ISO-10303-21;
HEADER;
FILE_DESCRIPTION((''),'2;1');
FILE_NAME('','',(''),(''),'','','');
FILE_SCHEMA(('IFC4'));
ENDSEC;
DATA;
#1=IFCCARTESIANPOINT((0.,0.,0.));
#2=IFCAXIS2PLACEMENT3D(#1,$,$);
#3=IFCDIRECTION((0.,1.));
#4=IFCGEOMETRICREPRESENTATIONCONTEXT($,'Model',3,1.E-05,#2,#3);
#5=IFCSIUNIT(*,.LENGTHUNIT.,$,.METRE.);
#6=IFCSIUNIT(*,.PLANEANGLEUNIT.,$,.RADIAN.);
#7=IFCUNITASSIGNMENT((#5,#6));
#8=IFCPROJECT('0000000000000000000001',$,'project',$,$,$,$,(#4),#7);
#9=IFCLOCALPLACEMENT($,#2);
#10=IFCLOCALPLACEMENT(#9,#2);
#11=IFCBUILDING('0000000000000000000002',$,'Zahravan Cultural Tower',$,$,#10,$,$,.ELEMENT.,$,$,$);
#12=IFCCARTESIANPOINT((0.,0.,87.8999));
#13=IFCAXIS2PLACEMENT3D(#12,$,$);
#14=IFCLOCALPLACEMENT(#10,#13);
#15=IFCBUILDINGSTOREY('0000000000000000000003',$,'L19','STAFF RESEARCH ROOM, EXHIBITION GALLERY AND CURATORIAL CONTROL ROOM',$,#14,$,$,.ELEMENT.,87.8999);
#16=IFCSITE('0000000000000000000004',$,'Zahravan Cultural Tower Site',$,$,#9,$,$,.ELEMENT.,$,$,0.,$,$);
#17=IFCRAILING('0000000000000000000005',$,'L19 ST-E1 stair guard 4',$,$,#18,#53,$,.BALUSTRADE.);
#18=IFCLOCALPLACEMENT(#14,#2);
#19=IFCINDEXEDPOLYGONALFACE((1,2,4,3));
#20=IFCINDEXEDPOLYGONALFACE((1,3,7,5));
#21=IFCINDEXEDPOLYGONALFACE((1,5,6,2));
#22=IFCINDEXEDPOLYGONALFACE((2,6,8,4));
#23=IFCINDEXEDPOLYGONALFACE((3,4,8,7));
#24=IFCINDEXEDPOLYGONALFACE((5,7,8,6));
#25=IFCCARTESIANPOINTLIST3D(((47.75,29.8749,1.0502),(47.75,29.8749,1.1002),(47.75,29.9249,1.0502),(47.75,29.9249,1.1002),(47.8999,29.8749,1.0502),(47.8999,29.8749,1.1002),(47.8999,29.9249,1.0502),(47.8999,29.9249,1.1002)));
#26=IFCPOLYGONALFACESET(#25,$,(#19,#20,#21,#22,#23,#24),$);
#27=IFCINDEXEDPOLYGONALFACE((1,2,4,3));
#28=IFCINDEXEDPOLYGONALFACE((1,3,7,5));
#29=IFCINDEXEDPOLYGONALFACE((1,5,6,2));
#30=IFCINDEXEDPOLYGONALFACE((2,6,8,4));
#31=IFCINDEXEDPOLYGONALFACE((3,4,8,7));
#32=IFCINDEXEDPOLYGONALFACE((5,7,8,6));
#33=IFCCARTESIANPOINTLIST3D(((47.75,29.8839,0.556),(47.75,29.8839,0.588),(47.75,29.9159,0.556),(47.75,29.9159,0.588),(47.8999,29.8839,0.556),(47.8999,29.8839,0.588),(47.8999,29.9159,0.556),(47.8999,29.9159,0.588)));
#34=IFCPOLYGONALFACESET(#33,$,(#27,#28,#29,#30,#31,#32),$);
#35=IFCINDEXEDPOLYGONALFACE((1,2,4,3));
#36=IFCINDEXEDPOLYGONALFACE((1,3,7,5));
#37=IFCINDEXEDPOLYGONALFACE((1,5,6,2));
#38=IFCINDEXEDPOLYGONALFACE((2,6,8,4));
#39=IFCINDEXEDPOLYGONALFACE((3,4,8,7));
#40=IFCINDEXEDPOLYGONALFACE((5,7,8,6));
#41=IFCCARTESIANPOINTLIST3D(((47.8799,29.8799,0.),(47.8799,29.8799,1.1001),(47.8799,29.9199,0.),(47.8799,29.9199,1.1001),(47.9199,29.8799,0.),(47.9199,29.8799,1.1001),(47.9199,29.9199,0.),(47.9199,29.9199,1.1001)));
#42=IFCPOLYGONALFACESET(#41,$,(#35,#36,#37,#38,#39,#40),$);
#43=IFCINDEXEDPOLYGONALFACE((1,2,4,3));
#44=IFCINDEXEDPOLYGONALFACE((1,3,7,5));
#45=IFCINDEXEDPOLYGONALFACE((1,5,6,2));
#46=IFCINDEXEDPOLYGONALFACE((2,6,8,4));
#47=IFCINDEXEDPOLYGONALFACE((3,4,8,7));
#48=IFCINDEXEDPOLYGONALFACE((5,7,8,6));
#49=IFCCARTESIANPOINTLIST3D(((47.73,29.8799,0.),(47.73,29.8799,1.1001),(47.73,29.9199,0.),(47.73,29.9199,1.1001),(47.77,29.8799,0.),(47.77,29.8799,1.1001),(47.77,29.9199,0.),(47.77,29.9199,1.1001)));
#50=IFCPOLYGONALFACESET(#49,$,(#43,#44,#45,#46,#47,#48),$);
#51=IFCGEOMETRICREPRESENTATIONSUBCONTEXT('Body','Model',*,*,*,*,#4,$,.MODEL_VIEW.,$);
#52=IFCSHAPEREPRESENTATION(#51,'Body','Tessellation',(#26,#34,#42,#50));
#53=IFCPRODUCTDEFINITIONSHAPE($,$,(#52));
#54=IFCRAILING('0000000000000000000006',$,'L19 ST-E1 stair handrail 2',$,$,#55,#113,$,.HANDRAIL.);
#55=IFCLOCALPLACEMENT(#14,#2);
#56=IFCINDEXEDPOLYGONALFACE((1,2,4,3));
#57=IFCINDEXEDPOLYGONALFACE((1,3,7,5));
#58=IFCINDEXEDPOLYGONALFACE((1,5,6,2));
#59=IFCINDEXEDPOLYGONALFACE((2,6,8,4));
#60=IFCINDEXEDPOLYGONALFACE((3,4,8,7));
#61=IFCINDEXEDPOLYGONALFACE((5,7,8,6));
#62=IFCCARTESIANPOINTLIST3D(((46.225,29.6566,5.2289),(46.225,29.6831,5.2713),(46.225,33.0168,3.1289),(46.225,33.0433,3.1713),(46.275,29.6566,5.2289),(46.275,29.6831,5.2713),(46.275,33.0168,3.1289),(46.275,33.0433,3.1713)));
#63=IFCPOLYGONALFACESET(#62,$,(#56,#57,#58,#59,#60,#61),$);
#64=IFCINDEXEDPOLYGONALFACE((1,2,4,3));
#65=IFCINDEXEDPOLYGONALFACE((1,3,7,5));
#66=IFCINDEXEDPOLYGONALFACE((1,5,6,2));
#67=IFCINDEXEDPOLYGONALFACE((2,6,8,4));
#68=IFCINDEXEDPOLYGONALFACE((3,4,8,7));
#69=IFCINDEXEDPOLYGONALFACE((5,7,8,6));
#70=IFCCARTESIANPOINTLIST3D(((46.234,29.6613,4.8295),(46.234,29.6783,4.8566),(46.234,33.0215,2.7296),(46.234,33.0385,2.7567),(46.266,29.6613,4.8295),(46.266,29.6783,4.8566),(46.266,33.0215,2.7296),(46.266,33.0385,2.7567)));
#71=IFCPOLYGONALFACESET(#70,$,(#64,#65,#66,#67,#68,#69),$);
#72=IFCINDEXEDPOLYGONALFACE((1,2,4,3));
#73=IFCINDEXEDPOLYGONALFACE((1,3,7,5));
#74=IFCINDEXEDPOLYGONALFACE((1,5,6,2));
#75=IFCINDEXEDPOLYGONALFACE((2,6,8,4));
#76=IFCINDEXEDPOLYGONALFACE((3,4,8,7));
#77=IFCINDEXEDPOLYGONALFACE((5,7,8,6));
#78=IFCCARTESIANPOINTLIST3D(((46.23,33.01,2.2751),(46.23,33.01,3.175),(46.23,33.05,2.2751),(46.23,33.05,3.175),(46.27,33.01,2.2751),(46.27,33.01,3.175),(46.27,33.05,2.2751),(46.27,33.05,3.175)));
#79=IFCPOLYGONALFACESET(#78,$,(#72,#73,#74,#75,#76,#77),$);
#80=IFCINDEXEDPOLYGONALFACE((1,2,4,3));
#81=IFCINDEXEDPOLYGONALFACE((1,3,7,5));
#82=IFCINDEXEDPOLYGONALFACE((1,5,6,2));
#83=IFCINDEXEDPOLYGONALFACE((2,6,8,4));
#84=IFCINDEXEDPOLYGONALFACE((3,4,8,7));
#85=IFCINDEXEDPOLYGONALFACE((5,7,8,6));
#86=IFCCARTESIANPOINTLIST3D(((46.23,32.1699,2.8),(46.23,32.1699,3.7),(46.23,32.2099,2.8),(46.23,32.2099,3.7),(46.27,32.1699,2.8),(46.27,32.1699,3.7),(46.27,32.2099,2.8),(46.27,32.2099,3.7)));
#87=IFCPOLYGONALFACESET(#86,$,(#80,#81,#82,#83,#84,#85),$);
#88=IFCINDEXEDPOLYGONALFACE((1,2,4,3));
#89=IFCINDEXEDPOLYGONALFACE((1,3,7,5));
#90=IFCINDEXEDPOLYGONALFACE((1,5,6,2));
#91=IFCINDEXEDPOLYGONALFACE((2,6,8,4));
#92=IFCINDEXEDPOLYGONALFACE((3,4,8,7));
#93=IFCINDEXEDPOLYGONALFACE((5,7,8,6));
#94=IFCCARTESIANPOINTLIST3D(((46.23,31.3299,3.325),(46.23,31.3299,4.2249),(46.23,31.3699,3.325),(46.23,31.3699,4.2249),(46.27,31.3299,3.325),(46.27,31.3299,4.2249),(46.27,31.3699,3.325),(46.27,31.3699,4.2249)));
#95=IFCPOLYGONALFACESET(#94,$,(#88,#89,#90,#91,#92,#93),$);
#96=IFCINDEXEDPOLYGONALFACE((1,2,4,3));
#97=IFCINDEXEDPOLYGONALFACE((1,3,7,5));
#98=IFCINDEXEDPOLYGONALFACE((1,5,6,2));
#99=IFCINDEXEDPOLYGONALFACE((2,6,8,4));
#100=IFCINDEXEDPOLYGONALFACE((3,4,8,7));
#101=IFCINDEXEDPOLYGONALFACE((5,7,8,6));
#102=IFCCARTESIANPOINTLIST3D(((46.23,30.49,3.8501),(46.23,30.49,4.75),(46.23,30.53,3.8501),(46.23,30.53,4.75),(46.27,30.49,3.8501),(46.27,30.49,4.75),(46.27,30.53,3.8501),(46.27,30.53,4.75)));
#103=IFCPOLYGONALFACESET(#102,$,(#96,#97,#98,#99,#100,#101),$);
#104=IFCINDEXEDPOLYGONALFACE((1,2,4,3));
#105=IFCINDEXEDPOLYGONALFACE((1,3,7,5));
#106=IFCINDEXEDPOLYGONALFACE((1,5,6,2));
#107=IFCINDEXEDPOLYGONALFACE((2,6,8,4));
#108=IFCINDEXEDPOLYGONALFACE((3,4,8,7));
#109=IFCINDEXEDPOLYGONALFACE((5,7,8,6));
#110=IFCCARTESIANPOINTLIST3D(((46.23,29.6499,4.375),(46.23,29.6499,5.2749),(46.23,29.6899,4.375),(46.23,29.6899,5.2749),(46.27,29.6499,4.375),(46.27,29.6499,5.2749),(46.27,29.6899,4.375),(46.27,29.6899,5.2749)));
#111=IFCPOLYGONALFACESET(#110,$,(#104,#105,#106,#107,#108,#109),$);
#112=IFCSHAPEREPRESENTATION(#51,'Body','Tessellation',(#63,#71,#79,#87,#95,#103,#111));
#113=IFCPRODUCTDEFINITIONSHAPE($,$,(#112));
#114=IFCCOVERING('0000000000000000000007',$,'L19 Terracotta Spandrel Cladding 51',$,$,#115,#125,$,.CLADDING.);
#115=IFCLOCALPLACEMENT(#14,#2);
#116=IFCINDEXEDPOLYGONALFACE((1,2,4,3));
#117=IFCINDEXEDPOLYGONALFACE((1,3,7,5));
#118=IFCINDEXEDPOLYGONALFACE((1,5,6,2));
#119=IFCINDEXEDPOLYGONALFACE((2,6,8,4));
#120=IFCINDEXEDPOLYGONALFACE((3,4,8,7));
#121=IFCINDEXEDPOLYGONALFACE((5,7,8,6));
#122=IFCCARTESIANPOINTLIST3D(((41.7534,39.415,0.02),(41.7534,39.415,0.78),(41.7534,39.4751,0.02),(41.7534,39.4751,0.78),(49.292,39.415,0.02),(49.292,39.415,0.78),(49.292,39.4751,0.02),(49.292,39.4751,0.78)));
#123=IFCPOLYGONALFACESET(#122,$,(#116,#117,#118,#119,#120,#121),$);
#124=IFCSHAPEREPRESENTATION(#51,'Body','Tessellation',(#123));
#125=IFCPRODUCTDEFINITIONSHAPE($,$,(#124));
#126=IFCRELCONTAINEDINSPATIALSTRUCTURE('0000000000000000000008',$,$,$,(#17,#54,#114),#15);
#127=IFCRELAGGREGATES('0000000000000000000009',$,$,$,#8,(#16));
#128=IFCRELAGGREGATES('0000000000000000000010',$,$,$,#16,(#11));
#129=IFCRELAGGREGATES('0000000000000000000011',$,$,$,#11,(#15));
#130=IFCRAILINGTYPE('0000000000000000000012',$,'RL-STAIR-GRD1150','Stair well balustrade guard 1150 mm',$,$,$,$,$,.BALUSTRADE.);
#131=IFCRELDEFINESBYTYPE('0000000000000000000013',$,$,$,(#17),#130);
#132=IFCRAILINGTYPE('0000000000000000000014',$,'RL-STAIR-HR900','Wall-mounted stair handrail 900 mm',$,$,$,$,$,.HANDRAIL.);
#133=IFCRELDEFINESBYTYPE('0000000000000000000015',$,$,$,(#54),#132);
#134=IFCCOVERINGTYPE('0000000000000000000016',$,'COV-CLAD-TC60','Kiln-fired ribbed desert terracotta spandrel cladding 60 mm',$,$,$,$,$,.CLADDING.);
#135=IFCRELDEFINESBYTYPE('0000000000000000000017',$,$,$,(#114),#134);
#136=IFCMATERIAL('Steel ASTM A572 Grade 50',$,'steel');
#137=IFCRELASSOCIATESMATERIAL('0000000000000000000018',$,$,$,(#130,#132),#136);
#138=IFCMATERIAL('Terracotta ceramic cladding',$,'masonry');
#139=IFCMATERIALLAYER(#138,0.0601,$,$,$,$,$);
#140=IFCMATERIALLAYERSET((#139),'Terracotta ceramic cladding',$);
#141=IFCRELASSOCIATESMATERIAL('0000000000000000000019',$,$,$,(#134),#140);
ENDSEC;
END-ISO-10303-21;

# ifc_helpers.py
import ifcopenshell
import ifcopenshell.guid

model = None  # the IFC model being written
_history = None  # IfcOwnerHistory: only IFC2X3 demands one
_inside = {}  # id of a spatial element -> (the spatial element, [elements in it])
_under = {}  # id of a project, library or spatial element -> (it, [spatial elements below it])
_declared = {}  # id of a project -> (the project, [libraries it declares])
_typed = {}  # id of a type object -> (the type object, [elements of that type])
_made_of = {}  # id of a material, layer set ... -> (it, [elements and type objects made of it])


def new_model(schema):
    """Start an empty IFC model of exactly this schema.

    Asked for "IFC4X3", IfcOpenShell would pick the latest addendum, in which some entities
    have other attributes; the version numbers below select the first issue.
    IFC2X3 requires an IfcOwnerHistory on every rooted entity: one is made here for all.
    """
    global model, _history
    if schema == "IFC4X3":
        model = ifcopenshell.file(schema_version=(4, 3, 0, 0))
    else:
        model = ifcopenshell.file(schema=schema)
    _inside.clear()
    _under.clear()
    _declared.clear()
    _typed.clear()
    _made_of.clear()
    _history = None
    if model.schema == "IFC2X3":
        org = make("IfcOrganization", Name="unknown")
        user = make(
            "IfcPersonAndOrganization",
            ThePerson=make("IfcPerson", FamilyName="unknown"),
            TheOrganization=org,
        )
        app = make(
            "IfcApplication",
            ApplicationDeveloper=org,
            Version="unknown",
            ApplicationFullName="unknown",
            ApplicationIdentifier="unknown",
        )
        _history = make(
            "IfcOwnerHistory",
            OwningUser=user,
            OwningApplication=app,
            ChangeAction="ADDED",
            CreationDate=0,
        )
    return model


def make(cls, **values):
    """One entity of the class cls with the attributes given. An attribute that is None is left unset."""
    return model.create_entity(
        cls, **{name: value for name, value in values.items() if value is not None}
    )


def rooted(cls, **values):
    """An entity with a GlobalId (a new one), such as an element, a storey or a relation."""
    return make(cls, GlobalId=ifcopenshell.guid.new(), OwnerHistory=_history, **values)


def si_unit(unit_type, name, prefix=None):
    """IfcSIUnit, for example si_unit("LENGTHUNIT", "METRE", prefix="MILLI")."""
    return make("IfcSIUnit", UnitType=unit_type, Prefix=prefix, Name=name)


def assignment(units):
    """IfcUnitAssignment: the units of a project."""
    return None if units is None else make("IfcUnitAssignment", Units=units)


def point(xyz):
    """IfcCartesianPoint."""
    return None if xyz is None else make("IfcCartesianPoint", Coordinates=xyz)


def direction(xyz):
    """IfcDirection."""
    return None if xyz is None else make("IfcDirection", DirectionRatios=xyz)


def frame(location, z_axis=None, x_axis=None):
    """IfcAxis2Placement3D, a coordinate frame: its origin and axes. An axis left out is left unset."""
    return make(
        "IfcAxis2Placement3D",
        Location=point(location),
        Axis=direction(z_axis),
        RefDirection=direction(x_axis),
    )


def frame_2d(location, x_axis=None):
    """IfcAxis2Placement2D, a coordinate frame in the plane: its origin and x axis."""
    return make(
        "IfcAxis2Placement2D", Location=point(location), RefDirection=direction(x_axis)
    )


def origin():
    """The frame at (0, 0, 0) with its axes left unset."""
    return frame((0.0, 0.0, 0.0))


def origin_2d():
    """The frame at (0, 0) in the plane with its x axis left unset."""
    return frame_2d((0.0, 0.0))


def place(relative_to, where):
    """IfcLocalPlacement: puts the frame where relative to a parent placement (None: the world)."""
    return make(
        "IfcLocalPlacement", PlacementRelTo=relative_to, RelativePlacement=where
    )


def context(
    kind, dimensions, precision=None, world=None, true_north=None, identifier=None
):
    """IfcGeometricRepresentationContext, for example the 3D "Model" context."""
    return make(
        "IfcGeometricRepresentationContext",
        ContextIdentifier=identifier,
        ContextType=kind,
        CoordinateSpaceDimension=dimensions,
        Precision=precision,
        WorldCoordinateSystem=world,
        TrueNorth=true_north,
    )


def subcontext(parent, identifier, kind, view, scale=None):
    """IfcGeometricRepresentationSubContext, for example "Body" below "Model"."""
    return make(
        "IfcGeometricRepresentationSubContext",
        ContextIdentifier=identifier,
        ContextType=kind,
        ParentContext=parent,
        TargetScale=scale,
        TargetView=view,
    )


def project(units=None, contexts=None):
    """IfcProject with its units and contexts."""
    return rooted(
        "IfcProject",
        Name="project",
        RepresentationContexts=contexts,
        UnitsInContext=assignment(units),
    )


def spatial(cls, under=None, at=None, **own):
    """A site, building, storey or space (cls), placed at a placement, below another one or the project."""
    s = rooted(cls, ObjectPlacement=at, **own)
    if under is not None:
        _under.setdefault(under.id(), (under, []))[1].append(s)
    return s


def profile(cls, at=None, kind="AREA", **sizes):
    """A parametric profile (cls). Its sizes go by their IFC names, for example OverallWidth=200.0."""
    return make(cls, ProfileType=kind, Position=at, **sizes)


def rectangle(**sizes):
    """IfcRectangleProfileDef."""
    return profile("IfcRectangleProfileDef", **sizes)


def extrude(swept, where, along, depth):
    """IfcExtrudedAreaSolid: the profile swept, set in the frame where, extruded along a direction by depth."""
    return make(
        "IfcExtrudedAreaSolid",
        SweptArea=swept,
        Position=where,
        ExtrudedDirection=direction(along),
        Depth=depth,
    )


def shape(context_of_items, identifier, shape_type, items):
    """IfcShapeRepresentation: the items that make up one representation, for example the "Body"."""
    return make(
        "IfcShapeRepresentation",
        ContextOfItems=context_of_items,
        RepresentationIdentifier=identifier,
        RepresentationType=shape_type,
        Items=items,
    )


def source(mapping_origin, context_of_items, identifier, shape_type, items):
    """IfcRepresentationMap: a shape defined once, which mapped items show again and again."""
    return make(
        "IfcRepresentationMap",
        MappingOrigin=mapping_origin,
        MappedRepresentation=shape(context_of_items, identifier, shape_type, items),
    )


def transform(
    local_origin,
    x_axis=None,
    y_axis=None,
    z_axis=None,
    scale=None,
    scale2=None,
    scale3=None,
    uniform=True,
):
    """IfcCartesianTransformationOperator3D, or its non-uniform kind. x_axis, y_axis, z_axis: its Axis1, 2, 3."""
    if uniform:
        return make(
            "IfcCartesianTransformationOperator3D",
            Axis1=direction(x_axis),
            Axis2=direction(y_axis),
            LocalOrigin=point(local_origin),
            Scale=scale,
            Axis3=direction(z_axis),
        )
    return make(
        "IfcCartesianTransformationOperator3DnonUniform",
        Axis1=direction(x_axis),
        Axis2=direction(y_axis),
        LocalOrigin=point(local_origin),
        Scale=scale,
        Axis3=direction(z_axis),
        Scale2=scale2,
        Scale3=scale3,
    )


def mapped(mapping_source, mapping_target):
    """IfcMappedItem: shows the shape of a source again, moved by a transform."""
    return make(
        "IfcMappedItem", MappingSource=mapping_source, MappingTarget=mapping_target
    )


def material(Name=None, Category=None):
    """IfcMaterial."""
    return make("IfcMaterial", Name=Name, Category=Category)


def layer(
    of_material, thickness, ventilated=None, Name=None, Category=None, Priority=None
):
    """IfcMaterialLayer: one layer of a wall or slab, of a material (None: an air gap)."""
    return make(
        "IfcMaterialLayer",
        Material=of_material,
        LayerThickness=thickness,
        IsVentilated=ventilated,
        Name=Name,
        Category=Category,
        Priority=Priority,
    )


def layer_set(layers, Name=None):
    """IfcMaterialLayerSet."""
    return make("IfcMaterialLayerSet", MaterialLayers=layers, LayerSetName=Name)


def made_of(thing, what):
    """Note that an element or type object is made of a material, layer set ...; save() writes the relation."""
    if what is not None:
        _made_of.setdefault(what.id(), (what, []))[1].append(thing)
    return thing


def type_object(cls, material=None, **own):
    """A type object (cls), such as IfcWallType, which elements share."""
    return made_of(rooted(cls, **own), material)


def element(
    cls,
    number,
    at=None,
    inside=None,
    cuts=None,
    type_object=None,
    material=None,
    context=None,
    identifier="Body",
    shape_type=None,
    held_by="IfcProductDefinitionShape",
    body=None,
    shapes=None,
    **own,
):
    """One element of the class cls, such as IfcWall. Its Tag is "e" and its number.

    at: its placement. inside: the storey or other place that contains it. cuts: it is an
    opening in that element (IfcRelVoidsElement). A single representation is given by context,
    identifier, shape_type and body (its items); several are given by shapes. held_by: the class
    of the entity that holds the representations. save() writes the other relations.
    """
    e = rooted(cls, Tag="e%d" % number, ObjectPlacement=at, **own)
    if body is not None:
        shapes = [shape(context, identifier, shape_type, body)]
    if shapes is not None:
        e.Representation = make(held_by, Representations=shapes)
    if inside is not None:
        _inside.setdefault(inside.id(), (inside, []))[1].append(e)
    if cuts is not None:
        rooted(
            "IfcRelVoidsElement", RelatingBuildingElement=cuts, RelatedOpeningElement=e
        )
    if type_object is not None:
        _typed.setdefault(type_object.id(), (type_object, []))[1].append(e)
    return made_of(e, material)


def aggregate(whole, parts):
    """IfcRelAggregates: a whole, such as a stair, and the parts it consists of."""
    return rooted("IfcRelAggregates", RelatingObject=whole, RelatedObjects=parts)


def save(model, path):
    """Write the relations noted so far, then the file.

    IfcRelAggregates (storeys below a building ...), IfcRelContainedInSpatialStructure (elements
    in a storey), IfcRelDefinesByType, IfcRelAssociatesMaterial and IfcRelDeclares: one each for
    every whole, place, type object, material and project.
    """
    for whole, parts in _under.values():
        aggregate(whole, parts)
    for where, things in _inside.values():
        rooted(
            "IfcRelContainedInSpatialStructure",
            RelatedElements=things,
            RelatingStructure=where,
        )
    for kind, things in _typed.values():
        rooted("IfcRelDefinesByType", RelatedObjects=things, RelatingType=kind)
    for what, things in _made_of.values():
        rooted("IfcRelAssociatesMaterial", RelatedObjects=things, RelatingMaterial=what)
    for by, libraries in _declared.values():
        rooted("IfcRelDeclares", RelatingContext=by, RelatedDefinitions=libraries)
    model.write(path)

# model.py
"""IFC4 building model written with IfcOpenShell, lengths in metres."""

from ifc_helpers import new_model, si_unit, direction, frame, origin, origin_2d, place, context, subcontext, project, spatial, rectangle, extrude, source, transform, mapped, material, layer, layer_set, type_object, element, save


model = new_model("IFC4")

# Units and contexts
model_context = context("Model", 3, precision=1e-05, world=origin(), true_north=direction((0.0, 1.0)))
body_context = subcontext(model_context, "Body", "Model", "MODEL_VIEW")
ifc_project = project(units=[si_unit("LENGTHUNIT", "METRE"), si_unit("PLANEANGLEUNIT", "RADIAN")], contexts=[model_context])

# Site, building, storey
site_placement = place(None, origin())
site = spatial("IfcSite", under=ifc_project, at=site_placement, Name="Zahravan Cultural Tower Site", CompositionType="ELEMENT", RefElevation=0.0)
building_placement = place(site_placement, origin())
building = spatial("IfcBuilding", under=site, at=building_placement, Name="Zahravan Cultural Tower", CompositionType="ELEMENT")
storey_placement = place(building_placement, frame((0.0, 0.0, 87.8999)))
storey = spatial("IfcBuildingStorey", under=building, at=storey_placement, Name="L19", Description="STAFF RESEARCH ROOM, EXHIBITION GALLERY AND CURATORIAL CONTROL ROOM", CompositionType="ELEMENT", Elevation=87.8999)

# Shared definitions
ifc_material_1 = material(Name="Steel ASTM A572 Grade 50", Category="steel")

# Railings
railing_type_1 = type_object("IfcRailingType", Name="RL-STAIR-GRD1150", Description="Stair well balustrade guard 1150 mm", PredefinedType="BALUSTRADE", material=ifc_material_1)
railing_1_placement = place(storey_placement, frame((47.8999, 29.8999, 0.0)))
element("IfcRailing", 1, at=railing_1_placement, inside=storey, type_object=railing_type_1, Name="L19 ST-E1 stair guard 4", PredefinedType="BALUSTRADE", context=body_context, shape_type="SweptSolid", body=[
    extrude(rectangle(XDim=0.05, YDim=0.05, at=origin_2d()), frame((0.0, 0.0, 1.0752), z_axis=(-1.0, 0.0, 0.0), x_axis=(0.0, -1.0, 0.0)), (0.0, 0.0, 1.0), 0.1499),
    extrude(rectangle(XDim=0.032, YDim=0.032, at=origin_2d()), frame((0.0, 0.0, 0.572), z_axis=(-1.0, 0.0, 0.0), x_axis=(0.0, -1.0, 0.0)), (0.0, 0.0, 1.0), 0.1499),
    extrude(rectangle(XDim=0.04, YDim=0.04, at=origin_2d()), origin(), (0.0, 0.0, 1.0), 1.1001),
    extrude(rectangle(XDim=0.04, YDim=0.04, at=origin_2d()), frame((-0.1499, 0.0, 0.0)), (0.0, 0.0, 1.0), 1.1001),
])
railing_type_2 = type_object("IfcRailingType", Name="RL-STAIR-HR900", Description="Wall-mounted stair handrail 900 mm", PredefinedType="HANDRAIL", material=ifc_material_1)
railing_2_placement = place(storey_placement, frame((46.25, 33.03, 2.2751)))
element("IfcRailing", 2, at=railing_2_placement, inside=storey, type_object=railing_type_2, Name="L19 ST-E1 stair handrail 2", PredefinedType="HANDRAIL", context=body_context, shape_type="SweptSolid", body=[
    extrude(rectangle(XDim=0.05, YDim=0.05, at=origin_2d()), frame((0.0, 0.0, 0.875), z_axis=(0.0, -0.848023, 0.52996), x_axis=(1.0, 0.0, 0.0)), (0.0, 0.0, 1.0), 3.9624),
    extrude(rectangle(XDim=0.032, YDim=0.032, at=origin_2d()), frame((0.0, 0.0, 0.468), z_axis=(0.0, -0.848023, 0.52996), x_axis=(1.0, 0.0, 0.0)), (0.0, 0.0, 1.0), 3.9624),
    extrude(rectangle(XDim=0.04, YDim=0.04, at=origin_2d()), origin(), (0.0, 0.0, 1.0), 0.8999),
    extrude(rectangle(XDim=0.04, YDim=0.04, at=origin_2d()), frame((0.0, -0.8401, 0.5249)), (0.0, 0.0, 1.0), 0.8999),
    extrude(rectangle(XDim=0.04, YDim=0.04, at=origin_2d()), frame((0.0, -1.6802, 1.0498)), (0.0, 0.0, 1.0), 0.8999),
    extrude(rectangle(XDim=0.04, YDim=0.04, at=origin_2d()), frame((0.0, -2.52, 1.575)), (0.0, 0.0, 1.0), 0.8999),
    extrude(rectangle(XDim=0.04, YDim=0.04, at=origin_2d()), frame((0.0, -3.3601, 2.0999)), (0.0, 0.0, 1.0), 0.8999),
])

# Covering
ifc_material_2 = material(Name="Terracotta ceramic cladding", Category="masonry")
ifc_layer_1 = layer(ifc_material_2, 0.0601)
ifc_layer_set_1 = layer_set([ifc_layer_1], Name="Terracotta ceramic cladding")
covering_type = type_object("IfcCoveringType", Name="COV-CLAD-TC60", Description="Kiln-fired ribbed desert terracotta spandrel cladding 60 mm", PredefinedType="CLADDING", material=ifc_layer_set_1)
shared_shape_1 = source(origin(), body_context, "Body", "SweptSolid", [
    extrude(rectangle(XDim=7.5386, YDim=0.0601, at=origin_2d()), origin(), (0.0, 0.0, 1.0), 0.76),
])
covering_placement = place(storey_placement, frame((45.5227, 39.4451, 0.02), z_axis=(0.0, 0.0, 1.0), x_axis=(1.0, 0.0, 0.0)))
element("IfcCovering", 3, at=covering_placement, inside=storey, type_object=covering_type, Name="L19 Terracotta Spandrel Cladding 51", PredefinedType="CLADDING", context=body_context, shape_type="MappedRepresentation", body=[
    mapped(shared_shape_1, transform((0.0, 0.0, 0.0), x_axis=(1.0, 0.0, 0.0), y_axis=(0.0, 1.0, 0.0), z_axis=(0.0, 0.0, 1.0), scale=1.0)),
])

save(model, "model.ifc")
